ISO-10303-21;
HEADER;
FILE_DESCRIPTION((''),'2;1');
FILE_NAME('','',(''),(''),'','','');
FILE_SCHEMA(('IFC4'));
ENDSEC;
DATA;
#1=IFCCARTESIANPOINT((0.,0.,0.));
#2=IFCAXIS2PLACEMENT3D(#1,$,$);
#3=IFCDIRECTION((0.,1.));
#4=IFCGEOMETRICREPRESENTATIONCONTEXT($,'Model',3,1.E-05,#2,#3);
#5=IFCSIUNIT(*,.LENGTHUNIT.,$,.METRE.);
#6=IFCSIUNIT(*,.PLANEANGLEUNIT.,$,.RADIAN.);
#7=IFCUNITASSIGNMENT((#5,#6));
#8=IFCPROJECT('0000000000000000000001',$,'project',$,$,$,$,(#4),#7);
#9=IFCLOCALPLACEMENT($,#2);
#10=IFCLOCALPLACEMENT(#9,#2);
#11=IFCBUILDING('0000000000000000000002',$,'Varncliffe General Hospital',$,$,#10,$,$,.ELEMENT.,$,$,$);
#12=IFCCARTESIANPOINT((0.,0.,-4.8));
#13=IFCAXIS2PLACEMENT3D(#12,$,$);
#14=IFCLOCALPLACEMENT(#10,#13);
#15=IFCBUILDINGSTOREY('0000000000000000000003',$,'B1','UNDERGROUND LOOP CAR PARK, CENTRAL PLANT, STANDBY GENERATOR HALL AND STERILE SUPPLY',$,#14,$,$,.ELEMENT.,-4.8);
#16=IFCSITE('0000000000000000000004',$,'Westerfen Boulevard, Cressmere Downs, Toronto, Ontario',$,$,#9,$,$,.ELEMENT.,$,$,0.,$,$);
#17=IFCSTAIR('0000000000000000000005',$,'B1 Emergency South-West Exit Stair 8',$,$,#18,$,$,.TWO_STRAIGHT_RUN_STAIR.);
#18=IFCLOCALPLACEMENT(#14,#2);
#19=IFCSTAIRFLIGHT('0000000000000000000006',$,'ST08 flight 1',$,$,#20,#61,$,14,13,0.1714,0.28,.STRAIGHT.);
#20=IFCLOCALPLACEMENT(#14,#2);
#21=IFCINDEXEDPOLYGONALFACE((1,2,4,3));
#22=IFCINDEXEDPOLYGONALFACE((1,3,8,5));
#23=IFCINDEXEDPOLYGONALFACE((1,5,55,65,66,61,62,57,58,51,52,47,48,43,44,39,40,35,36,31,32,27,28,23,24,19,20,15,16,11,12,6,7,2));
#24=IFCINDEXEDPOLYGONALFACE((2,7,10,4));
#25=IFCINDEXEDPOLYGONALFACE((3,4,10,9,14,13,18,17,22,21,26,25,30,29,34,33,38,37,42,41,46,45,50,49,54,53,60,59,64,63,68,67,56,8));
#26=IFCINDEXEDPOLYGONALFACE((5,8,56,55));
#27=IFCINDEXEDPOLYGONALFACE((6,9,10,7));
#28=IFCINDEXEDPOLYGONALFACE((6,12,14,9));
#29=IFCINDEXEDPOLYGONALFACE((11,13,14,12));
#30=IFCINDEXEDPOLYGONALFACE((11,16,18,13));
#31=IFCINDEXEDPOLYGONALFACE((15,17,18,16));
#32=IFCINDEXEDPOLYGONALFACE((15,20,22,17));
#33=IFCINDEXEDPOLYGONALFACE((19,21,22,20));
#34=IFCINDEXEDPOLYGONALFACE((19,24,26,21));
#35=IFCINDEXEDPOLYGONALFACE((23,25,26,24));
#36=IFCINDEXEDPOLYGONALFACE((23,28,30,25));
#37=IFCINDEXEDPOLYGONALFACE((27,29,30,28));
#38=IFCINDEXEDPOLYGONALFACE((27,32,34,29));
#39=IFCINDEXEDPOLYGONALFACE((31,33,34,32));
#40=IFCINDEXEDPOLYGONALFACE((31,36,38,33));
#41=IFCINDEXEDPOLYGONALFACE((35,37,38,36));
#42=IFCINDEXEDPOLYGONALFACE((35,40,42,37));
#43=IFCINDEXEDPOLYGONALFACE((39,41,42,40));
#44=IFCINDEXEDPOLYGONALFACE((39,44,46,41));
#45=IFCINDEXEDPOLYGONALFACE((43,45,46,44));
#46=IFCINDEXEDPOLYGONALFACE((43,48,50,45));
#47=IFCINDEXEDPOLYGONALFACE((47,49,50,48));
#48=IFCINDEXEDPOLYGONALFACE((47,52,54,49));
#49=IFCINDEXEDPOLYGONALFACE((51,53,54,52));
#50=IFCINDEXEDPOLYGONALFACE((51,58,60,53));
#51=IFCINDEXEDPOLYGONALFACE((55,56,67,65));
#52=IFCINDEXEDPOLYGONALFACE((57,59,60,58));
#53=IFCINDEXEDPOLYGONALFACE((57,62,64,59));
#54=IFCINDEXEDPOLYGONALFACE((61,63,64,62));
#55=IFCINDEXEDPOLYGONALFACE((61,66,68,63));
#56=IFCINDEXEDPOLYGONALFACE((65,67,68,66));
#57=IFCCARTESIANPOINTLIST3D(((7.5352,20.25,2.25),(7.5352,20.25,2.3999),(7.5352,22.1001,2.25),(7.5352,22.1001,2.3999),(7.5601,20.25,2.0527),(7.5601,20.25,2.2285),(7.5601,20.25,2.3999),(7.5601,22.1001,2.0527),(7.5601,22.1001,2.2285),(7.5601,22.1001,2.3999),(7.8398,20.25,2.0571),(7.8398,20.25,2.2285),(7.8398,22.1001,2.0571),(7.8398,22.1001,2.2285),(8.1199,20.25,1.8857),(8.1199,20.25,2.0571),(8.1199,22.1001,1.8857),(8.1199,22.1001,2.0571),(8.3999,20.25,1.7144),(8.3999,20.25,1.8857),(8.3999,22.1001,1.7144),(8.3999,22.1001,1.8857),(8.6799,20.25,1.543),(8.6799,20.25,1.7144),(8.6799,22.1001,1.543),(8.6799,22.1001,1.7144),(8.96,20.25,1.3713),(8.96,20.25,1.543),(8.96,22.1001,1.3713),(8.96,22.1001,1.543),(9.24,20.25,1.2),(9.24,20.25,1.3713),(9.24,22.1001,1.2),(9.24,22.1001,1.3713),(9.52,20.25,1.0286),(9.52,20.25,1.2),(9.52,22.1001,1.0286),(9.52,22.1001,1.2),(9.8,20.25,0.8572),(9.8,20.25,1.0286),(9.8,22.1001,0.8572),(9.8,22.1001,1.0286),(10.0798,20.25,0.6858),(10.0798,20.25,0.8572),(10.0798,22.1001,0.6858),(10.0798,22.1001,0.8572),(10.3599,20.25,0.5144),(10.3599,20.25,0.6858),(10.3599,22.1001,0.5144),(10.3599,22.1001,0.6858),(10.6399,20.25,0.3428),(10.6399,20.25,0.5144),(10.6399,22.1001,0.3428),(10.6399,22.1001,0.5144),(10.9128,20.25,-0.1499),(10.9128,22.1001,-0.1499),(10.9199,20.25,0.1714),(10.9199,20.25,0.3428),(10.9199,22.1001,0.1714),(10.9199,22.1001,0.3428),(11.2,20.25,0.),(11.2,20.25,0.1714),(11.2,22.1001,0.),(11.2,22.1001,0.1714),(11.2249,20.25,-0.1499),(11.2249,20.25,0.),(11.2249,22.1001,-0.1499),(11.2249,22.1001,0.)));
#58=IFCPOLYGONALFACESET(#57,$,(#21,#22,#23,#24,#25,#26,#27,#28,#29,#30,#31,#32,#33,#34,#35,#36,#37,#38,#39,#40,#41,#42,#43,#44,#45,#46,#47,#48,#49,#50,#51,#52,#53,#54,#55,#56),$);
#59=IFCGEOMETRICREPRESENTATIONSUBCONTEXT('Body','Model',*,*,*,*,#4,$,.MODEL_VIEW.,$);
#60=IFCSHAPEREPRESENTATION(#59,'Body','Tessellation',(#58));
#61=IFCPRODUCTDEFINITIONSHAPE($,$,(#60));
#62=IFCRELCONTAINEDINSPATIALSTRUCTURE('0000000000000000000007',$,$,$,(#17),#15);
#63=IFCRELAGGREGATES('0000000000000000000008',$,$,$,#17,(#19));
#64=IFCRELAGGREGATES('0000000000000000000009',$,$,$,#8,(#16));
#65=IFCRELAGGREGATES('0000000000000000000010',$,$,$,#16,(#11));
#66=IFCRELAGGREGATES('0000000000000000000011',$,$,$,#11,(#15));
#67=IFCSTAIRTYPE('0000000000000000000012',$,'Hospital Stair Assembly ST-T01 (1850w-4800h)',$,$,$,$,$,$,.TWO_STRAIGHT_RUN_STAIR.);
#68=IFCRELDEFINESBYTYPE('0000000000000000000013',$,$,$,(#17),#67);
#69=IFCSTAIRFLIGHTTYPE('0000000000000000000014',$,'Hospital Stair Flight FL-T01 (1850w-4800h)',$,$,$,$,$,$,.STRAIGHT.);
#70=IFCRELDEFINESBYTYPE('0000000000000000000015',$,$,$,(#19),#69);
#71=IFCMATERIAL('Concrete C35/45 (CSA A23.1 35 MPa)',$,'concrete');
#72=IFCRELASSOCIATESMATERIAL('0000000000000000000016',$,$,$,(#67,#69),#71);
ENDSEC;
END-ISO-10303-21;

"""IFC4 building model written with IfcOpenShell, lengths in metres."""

from ifc_helpers import new_model, si_unit, direction, frame, origin, place, context, subcontext, project, spatial, polyline, outline, extrude, material, type_object, element, aggregate, save


model = new_model("IFC4")

# Units and contexts
model_context = context("Model", 3, precision=1e-05, world=origin(), true_north=direction((0.0, 1.0)))
body_context = subcontext(model_context, "Body", "Model", "MODEL_VIEW")
ifc_project = project(units=[si_unit("LENGTHUNIT", "METRE"), si_unit("PLANEANGLEUNIT", "RADIAN")], contexts=[model_context])

# Site, building, storey
site_placement = place(None, origin())
site = spatial("IfcSite", under=ifc_project, at=site_placement, Name="Westerfen Boulevard, Cressmere Downs, Toronto, Ontario", CompositionType="ELEMENT", RefElevation=0.0)
building_placement = place(site_placement, origin())
building = spatial("IfcBuilding", under=site, at=building_placement, Name="Varncliffe General Hospital", CompositionType="ELEMENT")
storey_placement = place(building_placement, frame((0.0, 0.0, -4.8)))
storey = spatial("IfcBuildingStorey", under=building, at=storey_placement, Name="B1", Description="UNDERGROUND LOOP CAR PARK, CENTRAL PLANT, STANDBY GENERATOR HALL AND STERILE SUPPLY", CompositionType="ELEMENT", Elevation=-4.8)

# Shared definitions
ifc_material_1 = material(Name="Concrete C35/45 (CSA A23.1 35 MPa)", Category="concrete")

# Stair, stair flight
stair_type = type_object("IfcStairType", Name="Hospital Stair Assembly ST-T01 (1850w-4800h)", PredefinedType="TWO_STRAIGHT_RUN_STAIR", material=ifc_material_1)
stair_placement = place(storey_placement, origin())
stair = element("IfcStair", 1, at=stair_placement, inside=storey, type_object=stair_type, Name="B1 Emergency South-West Exit Stair 8", PredefinedType="TWO_STRAIGHT_RUN_STAIR")
stair_flight_type = type_object("IfcStairFlightType", Name="Hospital Stair Flight FL-T01 (1850w-4800h)", PredefinedType="STRAIGHT", material=ifc_material_1)
stair_flight_placement = place(storey_placement, frame((11.2, 21.175, 0.0), z_axis=(0.0, 0.0, 1.0), x_axis=(-1.0, 0.0, 0.0)))
stair_flight = element("IfcStairFlight", 2, at=stair_flight_placement, type_object=stair_flight_type, Name="ST08 flight 1", NumberOfRisers=14, NumberOfTreads=13, PredefinedType="STRAIGHT", RiserHeight=0.1714, TreadLength=0.28, context=body_context, shape_type="SweptSolid", body=[
    extrude(outline(polyline([(-0.0249, -0.1499), (-0.0249, 0.0), (0.0, 0.0), (0.0, 0.1714), (0.28, 0.1714), (0.28, 0.3428), (0.5601, 0.3428), (0.5601, 0.5144), (0.8401, 0.5144), (0.8401, 0.6858), (1.1201, 0.6858), (1.1201, 0.8572), (1.3999, 0.8572), (1.3999, 1.0286), (1.6799, 1.0286), (1.6799, 1.2), (1.96, 1.2), (1.96, 1.3713), (2.24, 1.3713), (2.24, 1.543), (2.52, 1.543), (2.52, 1.7144), (2.8, 1.7144), (2.8, 1.8857), (3.0801, 1.8857), (3.0801, 2.0571), (3.3601, 2.0571), (3.3601, 2.2285), (3.6399, 2.2285), (3.6399, 2.3999), (3.6648, 2.3999), (3.6648, 2.25), (3.6399, 2.0527), (0.2871, -0.1499), (-0.0249, -0.1499)])), frame((0.0, 0.925, 0.0), z_axis=(0.0, -1.0, 0.0), x_axis=(1.0, 0.0, 0.0)), (0.0, 0.0, 1.0), 1.8501),
])
aggregate(stair, [stair_flight])

save(model, "model.ifc")
